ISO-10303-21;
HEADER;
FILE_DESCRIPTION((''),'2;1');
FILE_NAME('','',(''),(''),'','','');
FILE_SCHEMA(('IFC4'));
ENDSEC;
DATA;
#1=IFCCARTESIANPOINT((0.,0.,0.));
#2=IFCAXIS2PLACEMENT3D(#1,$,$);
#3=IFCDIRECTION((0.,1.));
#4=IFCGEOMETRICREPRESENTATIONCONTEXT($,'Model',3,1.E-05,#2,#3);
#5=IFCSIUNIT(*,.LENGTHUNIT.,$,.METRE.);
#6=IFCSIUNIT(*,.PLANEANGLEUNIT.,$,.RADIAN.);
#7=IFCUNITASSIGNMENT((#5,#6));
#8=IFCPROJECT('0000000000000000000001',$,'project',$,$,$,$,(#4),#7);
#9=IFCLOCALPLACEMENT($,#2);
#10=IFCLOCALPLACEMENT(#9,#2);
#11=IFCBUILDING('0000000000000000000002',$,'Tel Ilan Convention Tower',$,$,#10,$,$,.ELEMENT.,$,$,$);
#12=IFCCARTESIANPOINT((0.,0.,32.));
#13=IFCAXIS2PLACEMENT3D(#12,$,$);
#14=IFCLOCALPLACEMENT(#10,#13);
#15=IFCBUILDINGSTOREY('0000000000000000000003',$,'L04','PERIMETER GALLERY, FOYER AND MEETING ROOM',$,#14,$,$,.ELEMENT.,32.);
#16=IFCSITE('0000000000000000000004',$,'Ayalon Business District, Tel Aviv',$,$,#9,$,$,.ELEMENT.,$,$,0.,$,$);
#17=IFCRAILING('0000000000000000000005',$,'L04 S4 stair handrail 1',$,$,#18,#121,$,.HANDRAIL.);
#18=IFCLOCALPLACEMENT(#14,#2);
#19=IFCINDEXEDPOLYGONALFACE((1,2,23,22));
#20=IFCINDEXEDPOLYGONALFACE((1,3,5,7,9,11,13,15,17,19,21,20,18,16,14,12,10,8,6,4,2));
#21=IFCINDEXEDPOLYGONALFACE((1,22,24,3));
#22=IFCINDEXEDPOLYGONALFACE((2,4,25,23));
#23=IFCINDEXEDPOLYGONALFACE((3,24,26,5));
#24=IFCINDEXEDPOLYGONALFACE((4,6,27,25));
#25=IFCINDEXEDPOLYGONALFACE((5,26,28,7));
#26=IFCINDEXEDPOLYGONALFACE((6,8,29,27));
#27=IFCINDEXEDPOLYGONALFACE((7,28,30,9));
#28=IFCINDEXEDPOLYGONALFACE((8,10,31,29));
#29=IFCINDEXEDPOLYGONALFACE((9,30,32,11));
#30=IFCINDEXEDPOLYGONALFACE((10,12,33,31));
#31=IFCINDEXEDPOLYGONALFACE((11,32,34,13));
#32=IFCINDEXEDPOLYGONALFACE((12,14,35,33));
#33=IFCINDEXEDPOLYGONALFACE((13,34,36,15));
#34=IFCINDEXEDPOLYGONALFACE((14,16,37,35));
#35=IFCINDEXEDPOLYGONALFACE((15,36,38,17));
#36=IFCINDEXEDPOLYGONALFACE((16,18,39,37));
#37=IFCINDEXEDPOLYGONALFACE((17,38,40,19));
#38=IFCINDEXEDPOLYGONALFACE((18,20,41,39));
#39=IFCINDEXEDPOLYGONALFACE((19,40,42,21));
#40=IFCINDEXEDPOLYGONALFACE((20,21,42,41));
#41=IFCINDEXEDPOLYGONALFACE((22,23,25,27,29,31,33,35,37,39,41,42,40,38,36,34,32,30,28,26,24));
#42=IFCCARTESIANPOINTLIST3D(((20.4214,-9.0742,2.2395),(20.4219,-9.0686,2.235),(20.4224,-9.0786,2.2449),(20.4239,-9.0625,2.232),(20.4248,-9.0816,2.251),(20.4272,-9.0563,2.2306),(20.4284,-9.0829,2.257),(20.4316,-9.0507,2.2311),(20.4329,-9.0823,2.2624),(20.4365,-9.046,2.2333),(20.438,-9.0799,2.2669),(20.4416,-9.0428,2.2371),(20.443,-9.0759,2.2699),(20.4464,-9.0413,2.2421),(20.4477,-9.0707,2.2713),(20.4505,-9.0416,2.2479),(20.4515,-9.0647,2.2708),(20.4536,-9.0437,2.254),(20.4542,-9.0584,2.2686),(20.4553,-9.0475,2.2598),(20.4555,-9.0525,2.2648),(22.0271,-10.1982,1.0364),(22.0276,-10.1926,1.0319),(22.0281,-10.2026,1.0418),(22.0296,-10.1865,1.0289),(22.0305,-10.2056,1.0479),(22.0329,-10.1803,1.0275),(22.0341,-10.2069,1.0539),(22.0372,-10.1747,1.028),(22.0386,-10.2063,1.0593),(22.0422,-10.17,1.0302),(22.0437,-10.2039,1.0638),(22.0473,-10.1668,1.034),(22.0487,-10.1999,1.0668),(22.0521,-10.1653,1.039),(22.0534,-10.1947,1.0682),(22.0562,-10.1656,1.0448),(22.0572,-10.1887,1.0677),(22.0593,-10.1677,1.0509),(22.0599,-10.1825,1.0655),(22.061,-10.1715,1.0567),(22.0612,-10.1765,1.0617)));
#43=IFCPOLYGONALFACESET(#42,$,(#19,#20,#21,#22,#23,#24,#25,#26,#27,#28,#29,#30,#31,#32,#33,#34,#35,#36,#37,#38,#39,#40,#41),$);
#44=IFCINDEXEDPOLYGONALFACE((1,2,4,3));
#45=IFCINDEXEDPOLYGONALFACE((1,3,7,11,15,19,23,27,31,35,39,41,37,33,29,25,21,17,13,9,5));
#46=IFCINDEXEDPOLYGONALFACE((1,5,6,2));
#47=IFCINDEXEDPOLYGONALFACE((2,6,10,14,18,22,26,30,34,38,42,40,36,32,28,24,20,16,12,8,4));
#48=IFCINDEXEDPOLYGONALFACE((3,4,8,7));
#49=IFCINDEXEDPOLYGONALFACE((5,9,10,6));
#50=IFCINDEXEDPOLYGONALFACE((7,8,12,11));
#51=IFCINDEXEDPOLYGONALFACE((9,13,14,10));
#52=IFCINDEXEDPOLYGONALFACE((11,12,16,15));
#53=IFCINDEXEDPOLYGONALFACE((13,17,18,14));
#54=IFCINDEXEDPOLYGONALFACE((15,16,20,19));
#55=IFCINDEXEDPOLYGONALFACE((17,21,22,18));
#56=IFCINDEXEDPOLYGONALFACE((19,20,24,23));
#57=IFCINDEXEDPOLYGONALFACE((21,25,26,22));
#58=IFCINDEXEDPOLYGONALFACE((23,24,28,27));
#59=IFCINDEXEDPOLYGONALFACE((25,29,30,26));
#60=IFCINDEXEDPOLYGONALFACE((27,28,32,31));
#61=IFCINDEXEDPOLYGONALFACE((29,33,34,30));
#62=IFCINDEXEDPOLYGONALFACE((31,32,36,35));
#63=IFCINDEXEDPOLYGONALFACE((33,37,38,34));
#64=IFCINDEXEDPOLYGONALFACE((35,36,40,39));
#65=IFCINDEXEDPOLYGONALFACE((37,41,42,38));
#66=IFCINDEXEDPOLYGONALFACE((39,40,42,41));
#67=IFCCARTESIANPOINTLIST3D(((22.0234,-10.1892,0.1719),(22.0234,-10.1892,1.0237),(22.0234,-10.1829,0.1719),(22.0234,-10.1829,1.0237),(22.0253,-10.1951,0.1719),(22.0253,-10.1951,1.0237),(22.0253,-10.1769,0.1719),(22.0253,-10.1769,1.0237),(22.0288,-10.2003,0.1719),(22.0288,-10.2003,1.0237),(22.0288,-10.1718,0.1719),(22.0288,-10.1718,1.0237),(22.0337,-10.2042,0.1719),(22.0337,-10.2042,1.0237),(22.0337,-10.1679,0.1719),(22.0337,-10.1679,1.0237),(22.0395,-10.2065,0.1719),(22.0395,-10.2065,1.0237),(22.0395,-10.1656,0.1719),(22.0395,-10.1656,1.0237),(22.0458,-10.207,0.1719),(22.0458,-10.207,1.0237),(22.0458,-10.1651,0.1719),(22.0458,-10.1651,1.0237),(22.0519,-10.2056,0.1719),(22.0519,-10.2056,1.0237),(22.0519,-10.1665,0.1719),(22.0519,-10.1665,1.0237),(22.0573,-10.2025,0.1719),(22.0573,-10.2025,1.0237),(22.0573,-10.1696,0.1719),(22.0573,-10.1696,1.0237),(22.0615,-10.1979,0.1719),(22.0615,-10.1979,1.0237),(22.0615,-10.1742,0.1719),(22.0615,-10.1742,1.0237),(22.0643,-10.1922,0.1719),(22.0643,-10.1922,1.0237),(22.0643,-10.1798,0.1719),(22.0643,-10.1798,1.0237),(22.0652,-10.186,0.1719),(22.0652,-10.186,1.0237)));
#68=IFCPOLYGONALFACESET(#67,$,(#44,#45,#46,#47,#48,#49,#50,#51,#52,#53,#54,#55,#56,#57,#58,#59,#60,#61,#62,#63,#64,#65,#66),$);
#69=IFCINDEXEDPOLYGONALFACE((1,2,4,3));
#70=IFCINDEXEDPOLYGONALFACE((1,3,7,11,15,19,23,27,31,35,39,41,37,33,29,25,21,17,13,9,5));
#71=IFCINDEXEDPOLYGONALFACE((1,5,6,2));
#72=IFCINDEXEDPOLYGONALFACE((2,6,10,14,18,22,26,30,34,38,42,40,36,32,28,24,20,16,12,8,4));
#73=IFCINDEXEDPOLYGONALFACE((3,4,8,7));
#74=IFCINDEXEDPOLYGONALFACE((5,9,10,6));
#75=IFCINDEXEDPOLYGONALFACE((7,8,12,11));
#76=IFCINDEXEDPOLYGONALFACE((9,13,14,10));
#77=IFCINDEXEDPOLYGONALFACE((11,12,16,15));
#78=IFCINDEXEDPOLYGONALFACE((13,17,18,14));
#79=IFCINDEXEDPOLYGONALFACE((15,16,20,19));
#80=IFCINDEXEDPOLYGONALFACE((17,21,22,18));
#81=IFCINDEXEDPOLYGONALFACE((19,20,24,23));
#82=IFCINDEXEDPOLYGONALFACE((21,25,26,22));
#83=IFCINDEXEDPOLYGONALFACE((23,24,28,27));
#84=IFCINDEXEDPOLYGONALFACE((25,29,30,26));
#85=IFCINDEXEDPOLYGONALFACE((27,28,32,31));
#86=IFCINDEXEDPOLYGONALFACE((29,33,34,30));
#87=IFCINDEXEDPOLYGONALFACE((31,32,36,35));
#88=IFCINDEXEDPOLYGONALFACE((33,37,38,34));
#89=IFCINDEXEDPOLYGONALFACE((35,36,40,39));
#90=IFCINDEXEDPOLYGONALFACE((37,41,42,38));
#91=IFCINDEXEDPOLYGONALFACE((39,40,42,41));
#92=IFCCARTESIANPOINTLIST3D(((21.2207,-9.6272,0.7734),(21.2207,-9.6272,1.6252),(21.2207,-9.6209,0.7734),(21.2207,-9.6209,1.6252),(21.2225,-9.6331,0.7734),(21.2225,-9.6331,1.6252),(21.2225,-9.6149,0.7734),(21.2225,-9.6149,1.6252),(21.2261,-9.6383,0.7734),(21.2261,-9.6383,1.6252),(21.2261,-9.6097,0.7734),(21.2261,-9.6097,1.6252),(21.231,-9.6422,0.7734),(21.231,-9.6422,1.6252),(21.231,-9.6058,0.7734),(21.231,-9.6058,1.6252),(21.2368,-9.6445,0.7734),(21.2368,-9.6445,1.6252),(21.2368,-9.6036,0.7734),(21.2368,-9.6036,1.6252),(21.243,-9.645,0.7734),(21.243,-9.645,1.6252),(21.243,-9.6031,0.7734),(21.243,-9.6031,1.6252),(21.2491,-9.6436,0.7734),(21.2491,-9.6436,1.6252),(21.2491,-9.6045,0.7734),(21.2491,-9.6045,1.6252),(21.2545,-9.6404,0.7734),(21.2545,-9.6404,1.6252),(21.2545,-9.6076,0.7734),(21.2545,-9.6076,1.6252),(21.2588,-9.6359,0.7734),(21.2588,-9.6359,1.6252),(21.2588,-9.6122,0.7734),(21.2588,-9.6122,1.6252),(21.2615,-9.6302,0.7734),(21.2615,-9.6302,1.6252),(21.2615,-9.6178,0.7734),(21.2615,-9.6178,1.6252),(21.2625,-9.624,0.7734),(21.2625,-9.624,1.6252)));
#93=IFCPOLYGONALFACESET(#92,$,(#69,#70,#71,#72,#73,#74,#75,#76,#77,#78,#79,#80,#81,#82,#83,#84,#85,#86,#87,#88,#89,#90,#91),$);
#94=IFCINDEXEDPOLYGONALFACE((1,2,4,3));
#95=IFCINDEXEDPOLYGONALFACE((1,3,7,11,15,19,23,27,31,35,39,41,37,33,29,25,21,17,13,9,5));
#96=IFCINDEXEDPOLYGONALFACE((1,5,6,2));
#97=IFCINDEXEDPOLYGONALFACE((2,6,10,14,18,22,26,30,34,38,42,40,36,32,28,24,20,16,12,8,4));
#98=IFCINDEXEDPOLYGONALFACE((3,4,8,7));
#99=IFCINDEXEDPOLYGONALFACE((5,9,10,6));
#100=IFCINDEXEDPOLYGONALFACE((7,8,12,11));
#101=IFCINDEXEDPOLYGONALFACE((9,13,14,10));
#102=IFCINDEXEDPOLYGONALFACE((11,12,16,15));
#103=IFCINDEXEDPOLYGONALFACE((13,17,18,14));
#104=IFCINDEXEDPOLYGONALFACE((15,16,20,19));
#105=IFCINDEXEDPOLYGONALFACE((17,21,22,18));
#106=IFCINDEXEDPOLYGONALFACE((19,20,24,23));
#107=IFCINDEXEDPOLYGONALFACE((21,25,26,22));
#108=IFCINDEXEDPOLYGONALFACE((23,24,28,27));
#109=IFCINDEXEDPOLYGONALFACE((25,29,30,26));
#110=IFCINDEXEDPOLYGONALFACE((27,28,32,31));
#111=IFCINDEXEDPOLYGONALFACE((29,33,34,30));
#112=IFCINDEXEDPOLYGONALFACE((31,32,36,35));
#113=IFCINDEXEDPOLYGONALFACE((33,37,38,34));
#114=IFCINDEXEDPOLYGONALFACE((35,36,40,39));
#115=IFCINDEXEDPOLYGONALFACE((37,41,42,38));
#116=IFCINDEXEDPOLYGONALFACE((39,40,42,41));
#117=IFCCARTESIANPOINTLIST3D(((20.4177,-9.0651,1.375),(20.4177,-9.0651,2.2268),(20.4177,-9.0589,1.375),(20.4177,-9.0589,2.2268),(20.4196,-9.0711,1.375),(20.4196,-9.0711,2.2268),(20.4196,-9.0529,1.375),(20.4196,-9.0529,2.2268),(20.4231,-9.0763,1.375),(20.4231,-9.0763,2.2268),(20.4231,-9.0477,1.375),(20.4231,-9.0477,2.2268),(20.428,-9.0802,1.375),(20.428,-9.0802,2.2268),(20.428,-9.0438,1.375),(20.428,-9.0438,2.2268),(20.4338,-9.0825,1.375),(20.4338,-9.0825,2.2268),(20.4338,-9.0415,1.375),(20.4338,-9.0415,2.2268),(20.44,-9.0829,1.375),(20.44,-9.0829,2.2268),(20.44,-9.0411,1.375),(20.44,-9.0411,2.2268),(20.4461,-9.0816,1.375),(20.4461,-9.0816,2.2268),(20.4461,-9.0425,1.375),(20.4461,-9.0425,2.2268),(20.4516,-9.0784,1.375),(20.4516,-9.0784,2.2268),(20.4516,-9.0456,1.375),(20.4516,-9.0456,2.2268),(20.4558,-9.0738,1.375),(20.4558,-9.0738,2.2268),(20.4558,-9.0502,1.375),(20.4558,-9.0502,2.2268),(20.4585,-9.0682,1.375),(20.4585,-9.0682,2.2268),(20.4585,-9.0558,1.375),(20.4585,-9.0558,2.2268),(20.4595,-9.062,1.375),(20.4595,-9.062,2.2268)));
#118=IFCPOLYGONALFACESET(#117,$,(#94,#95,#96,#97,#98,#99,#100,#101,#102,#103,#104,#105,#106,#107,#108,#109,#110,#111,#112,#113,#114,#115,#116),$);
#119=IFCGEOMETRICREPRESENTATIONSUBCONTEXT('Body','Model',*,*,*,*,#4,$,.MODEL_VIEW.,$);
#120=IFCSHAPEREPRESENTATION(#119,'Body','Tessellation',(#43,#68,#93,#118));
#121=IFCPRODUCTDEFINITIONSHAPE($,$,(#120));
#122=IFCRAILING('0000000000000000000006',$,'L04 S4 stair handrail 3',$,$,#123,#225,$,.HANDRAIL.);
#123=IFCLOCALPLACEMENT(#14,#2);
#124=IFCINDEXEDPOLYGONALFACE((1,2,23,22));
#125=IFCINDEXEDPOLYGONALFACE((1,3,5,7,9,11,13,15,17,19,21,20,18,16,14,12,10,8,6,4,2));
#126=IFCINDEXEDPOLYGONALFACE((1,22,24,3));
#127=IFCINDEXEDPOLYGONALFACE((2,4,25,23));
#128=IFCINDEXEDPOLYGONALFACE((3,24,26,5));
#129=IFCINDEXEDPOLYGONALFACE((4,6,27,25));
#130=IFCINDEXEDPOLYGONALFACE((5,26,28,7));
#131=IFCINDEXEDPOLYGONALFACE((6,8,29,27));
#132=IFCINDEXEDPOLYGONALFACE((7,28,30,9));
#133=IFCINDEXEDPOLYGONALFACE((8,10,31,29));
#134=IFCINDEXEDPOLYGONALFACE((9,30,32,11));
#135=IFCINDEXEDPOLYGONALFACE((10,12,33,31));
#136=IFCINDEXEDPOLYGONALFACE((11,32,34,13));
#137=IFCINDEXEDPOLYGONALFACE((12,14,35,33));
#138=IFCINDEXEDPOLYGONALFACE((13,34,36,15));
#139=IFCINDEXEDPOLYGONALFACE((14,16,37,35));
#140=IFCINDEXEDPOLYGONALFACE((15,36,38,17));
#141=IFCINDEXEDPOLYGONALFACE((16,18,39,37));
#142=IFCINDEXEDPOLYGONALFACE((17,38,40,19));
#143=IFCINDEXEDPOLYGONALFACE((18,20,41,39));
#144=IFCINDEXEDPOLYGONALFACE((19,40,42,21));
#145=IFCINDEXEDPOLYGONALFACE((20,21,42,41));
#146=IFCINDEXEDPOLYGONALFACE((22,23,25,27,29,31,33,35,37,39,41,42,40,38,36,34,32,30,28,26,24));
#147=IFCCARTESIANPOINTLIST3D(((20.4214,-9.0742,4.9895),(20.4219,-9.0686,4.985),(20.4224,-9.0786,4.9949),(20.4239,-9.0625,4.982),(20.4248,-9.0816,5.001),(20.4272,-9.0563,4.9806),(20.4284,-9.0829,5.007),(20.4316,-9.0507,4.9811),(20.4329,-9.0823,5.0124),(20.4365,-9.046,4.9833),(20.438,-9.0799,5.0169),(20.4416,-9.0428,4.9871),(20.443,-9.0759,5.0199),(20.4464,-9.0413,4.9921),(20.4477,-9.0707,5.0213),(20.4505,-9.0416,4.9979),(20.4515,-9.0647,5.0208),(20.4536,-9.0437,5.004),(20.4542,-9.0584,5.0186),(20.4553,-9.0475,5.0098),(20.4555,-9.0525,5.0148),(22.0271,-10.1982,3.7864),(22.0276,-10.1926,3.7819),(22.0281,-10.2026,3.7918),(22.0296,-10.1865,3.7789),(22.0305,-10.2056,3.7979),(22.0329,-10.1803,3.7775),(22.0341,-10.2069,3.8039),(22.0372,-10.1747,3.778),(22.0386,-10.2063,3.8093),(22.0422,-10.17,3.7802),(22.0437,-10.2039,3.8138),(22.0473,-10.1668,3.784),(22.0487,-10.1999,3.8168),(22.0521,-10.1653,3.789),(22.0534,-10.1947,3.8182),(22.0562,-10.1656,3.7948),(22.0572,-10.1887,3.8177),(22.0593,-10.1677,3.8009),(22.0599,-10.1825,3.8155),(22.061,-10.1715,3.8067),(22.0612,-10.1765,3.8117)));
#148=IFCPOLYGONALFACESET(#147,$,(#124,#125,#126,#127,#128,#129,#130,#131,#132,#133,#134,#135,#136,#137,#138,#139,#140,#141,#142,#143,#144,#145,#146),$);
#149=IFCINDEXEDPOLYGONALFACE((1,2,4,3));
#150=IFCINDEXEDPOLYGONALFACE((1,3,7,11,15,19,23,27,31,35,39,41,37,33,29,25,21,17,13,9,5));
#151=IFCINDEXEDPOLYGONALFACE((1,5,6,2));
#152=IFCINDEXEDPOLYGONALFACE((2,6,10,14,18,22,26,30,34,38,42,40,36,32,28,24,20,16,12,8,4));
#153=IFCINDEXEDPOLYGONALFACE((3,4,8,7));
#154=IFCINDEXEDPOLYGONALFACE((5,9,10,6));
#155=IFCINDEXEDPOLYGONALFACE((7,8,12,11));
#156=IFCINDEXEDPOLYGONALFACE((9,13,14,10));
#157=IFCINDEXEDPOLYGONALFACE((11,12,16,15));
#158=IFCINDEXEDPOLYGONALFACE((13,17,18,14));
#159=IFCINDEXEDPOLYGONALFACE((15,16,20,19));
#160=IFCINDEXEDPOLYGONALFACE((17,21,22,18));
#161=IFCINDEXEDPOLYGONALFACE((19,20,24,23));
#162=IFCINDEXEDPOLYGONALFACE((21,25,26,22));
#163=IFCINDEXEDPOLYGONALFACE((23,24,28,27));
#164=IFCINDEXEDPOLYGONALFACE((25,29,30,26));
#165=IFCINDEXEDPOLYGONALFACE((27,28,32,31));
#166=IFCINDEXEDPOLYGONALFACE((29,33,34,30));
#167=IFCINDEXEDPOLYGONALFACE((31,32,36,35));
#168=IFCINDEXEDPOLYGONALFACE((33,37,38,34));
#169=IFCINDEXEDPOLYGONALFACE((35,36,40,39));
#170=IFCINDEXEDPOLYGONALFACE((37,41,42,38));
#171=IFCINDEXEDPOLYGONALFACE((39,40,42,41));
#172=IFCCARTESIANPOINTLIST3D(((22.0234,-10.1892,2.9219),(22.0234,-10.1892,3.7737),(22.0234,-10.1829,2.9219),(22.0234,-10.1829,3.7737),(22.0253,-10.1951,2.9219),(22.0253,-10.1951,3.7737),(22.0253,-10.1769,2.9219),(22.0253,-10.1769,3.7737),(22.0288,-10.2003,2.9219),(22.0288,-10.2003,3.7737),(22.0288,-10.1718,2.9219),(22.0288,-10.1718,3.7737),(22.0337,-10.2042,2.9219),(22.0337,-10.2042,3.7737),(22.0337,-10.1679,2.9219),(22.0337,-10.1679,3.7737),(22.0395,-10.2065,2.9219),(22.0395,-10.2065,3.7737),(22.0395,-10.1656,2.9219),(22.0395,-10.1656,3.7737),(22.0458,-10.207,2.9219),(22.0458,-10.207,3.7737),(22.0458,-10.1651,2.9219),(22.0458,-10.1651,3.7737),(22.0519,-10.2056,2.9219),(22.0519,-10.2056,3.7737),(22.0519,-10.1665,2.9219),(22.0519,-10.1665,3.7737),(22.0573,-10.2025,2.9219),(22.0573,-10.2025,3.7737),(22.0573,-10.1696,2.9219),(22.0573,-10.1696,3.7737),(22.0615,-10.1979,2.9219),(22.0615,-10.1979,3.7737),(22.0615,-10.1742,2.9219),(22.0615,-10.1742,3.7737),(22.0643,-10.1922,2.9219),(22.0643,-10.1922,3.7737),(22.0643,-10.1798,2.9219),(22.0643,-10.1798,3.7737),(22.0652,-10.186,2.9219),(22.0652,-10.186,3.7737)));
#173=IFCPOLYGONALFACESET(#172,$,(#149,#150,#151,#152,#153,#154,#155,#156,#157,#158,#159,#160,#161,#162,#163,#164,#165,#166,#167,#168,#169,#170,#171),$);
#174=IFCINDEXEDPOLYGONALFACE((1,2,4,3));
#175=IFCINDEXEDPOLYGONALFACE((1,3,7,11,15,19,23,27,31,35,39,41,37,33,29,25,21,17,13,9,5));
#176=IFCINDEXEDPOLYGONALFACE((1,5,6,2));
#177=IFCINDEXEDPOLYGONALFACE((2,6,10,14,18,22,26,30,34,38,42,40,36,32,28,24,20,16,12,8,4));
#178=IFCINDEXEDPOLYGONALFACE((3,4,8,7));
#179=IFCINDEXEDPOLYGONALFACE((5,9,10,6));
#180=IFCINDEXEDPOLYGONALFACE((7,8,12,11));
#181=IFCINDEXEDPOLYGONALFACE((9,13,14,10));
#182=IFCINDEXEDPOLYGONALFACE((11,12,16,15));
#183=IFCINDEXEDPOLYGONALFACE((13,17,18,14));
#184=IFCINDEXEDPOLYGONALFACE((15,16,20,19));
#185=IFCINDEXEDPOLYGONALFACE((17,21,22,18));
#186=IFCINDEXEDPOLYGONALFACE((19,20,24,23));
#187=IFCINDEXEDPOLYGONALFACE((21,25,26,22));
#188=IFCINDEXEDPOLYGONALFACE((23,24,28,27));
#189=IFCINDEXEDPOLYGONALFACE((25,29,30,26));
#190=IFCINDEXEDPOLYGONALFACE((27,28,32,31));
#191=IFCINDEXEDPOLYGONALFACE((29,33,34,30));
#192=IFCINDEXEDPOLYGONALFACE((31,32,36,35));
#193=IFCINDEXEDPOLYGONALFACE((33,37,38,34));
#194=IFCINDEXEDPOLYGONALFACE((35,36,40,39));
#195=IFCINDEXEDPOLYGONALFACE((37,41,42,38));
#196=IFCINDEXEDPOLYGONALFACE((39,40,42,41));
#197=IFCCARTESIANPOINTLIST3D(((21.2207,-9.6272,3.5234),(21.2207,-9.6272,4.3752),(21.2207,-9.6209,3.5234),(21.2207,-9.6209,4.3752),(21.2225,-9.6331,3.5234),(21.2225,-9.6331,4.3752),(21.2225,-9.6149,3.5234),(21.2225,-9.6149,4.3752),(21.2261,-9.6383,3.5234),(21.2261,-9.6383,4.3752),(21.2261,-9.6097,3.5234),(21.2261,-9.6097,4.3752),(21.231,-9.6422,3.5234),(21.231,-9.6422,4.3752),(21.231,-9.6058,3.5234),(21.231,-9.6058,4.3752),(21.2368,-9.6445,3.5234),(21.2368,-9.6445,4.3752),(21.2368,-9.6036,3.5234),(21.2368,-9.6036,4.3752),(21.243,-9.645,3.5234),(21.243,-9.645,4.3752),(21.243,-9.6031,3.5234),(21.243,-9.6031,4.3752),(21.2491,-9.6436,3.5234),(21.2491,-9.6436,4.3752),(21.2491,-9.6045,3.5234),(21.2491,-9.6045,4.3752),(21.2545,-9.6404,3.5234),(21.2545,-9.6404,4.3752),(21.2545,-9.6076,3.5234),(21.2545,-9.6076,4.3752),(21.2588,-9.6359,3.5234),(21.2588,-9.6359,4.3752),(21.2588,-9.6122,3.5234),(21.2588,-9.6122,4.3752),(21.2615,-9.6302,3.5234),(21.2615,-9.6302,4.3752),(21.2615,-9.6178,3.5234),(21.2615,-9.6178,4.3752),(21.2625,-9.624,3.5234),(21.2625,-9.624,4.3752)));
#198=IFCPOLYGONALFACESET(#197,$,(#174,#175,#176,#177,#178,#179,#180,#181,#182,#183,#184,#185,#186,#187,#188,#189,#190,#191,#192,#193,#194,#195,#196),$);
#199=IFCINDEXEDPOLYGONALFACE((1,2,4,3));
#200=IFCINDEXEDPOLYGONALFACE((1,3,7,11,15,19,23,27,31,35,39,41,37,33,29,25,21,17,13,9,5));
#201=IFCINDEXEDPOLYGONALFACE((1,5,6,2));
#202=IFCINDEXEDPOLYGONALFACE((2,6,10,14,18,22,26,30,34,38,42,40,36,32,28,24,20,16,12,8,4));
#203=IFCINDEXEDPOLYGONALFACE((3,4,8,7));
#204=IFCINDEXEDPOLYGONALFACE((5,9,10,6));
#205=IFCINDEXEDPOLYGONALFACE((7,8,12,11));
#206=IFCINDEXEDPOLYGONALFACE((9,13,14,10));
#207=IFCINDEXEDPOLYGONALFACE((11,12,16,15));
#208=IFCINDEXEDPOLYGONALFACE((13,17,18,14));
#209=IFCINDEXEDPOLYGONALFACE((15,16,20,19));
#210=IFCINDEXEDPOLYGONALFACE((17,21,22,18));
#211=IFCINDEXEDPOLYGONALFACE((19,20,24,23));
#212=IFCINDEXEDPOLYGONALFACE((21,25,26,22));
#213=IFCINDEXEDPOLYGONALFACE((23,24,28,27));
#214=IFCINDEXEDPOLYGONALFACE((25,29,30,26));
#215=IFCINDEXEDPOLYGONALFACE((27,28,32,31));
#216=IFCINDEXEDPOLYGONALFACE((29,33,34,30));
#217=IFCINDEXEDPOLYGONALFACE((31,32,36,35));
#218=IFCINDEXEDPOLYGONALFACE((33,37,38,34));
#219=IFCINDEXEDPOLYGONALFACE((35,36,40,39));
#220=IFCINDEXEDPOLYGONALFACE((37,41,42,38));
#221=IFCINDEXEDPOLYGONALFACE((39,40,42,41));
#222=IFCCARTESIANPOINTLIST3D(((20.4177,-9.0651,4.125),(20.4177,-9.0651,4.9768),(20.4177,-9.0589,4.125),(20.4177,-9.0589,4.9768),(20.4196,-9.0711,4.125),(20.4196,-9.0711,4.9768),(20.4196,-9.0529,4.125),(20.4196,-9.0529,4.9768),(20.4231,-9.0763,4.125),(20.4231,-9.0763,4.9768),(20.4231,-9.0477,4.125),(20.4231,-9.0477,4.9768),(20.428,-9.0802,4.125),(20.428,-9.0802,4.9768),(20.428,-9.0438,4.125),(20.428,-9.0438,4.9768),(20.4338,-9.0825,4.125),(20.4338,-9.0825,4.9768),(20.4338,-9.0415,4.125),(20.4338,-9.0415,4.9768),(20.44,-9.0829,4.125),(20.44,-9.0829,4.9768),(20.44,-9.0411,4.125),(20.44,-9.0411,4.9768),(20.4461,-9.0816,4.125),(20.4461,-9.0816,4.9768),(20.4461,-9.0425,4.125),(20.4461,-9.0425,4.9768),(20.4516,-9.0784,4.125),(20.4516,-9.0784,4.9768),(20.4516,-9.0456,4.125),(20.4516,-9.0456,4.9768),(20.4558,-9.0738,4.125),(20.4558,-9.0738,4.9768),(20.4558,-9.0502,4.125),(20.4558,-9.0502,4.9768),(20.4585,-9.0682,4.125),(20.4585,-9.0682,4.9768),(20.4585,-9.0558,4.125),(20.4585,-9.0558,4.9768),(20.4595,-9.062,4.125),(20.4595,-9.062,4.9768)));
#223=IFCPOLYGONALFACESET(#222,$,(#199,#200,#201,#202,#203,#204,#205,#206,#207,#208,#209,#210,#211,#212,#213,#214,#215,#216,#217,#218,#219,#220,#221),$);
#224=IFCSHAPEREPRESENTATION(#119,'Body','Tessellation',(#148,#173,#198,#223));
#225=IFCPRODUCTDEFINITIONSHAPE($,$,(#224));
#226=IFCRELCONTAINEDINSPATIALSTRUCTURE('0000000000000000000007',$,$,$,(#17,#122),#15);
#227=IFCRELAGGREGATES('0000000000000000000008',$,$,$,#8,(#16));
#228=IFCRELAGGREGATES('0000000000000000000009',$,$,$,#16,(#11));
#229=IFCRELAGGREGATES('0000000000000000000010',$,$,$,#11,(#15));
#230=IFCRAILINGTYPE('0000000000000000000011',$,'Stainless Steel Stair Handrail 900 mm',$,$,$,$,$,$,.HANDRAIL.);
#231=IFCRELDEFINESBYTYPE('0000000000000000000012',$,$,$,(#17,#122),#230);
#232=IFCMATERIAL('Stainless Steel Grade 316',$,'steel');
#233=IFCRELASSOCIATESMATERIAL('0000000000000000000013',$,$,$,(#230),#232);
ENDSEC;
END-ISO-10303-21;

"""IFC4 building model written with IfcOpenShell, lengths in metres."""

from ifc_helpers import new_model, si_unit, direction, frame, origin, origin_2d, place, context, subcontext, project, spatial, circle, extrude, material, type_object, element, save


model = new_model("IFC4")

# Units and contexts
model_context = context("Model", 3, precision=1e-05, world=origin(), true_north=direction((0.0, 1.0)))
body_context = subcontext(model_context, "Body", "Model", "MODEL_VIEW")
ifc_project = project(units=[si_unit("LENGTHUNIT", "METRE"), si_unit("PLANEANGLEUNIT", "RADIAN")], contexts=[model_context])

# Site, building, storey
site_placement = place(None, origin())
site = spatial("IfcSite", under=ifc_project, at=site_placement, Name="Ayalon Business District, Tel Aviv", CompositionType="ELEMENT", RefElevation=0.0)
building_placement = place(site_placement, origin())
building = spatial("IfcBuilding", under=site, at=building_placement, Name="Tel Ilan Convention Tower", CompositionType="ELEMENT")
storey_placement = place(building_placement, frame((0.0, 0.0, 32.0)))
storey = spatial("IfcBuildingStorey", under=building, at=storey_placement, Name="L04", Description="PERIMETER GALLERY, FOYER AND MEETING ROOM", CompositionType="ELEMENT", Elevation=32.0)

# Railings
ifc_material_1 = material(Name="Stainless Steel Grade 316", Category="steel")
railing_type_1 = type_object("IfcRailingType", Name="Stainless Steel Stair Handrail 900 mm", PredefinedType="HANDRAIL", material=ifc_material_1)
for number, where, name in (
    (1, (22.0442, -10.186, 0.1719), "L04 S4 stair handrail 1"),
    (2, (22.0442, -10.186, 2.9219), "L04 S4 stair handrail 3"),
):
    element("IfcRailing", number, at=place(storey_placement, frame(where)), inside=storey, type_object=railing_type_1, Name=name, PredefinedType="HANDRAIL", context=body_context, shape_type="SweptSolid", body=[
        extrude(circle(Radius=0.0239, at=origin_2d()), frame((0.0, 0.0, 0.876), z_axis=(-0.698185, 0.48874, 0.523135), x_axis=(-0.573471, -0.819226, 0.0)), (0.0, 0.0, 1.0), 2.2998),
        extrude(circle(Radius=0.021, at=origin_2d()), origin(), (0.0, 0.0, 1.0), 0.8518),
        extrude(circle(Radius=0.021, at=origin_2d()), frame((-0.8027, 0.562, 0.6016)), (0.0, 0.0, 1.0), 0.8518),
        extrude(circle(Radius=0.021, at=origin_2d()), frame((-1.6057, 1.124, 1.2031)), (0.0, 0.0, 1.0), 0.8518),
    ])

save(model, "model.ifc")
